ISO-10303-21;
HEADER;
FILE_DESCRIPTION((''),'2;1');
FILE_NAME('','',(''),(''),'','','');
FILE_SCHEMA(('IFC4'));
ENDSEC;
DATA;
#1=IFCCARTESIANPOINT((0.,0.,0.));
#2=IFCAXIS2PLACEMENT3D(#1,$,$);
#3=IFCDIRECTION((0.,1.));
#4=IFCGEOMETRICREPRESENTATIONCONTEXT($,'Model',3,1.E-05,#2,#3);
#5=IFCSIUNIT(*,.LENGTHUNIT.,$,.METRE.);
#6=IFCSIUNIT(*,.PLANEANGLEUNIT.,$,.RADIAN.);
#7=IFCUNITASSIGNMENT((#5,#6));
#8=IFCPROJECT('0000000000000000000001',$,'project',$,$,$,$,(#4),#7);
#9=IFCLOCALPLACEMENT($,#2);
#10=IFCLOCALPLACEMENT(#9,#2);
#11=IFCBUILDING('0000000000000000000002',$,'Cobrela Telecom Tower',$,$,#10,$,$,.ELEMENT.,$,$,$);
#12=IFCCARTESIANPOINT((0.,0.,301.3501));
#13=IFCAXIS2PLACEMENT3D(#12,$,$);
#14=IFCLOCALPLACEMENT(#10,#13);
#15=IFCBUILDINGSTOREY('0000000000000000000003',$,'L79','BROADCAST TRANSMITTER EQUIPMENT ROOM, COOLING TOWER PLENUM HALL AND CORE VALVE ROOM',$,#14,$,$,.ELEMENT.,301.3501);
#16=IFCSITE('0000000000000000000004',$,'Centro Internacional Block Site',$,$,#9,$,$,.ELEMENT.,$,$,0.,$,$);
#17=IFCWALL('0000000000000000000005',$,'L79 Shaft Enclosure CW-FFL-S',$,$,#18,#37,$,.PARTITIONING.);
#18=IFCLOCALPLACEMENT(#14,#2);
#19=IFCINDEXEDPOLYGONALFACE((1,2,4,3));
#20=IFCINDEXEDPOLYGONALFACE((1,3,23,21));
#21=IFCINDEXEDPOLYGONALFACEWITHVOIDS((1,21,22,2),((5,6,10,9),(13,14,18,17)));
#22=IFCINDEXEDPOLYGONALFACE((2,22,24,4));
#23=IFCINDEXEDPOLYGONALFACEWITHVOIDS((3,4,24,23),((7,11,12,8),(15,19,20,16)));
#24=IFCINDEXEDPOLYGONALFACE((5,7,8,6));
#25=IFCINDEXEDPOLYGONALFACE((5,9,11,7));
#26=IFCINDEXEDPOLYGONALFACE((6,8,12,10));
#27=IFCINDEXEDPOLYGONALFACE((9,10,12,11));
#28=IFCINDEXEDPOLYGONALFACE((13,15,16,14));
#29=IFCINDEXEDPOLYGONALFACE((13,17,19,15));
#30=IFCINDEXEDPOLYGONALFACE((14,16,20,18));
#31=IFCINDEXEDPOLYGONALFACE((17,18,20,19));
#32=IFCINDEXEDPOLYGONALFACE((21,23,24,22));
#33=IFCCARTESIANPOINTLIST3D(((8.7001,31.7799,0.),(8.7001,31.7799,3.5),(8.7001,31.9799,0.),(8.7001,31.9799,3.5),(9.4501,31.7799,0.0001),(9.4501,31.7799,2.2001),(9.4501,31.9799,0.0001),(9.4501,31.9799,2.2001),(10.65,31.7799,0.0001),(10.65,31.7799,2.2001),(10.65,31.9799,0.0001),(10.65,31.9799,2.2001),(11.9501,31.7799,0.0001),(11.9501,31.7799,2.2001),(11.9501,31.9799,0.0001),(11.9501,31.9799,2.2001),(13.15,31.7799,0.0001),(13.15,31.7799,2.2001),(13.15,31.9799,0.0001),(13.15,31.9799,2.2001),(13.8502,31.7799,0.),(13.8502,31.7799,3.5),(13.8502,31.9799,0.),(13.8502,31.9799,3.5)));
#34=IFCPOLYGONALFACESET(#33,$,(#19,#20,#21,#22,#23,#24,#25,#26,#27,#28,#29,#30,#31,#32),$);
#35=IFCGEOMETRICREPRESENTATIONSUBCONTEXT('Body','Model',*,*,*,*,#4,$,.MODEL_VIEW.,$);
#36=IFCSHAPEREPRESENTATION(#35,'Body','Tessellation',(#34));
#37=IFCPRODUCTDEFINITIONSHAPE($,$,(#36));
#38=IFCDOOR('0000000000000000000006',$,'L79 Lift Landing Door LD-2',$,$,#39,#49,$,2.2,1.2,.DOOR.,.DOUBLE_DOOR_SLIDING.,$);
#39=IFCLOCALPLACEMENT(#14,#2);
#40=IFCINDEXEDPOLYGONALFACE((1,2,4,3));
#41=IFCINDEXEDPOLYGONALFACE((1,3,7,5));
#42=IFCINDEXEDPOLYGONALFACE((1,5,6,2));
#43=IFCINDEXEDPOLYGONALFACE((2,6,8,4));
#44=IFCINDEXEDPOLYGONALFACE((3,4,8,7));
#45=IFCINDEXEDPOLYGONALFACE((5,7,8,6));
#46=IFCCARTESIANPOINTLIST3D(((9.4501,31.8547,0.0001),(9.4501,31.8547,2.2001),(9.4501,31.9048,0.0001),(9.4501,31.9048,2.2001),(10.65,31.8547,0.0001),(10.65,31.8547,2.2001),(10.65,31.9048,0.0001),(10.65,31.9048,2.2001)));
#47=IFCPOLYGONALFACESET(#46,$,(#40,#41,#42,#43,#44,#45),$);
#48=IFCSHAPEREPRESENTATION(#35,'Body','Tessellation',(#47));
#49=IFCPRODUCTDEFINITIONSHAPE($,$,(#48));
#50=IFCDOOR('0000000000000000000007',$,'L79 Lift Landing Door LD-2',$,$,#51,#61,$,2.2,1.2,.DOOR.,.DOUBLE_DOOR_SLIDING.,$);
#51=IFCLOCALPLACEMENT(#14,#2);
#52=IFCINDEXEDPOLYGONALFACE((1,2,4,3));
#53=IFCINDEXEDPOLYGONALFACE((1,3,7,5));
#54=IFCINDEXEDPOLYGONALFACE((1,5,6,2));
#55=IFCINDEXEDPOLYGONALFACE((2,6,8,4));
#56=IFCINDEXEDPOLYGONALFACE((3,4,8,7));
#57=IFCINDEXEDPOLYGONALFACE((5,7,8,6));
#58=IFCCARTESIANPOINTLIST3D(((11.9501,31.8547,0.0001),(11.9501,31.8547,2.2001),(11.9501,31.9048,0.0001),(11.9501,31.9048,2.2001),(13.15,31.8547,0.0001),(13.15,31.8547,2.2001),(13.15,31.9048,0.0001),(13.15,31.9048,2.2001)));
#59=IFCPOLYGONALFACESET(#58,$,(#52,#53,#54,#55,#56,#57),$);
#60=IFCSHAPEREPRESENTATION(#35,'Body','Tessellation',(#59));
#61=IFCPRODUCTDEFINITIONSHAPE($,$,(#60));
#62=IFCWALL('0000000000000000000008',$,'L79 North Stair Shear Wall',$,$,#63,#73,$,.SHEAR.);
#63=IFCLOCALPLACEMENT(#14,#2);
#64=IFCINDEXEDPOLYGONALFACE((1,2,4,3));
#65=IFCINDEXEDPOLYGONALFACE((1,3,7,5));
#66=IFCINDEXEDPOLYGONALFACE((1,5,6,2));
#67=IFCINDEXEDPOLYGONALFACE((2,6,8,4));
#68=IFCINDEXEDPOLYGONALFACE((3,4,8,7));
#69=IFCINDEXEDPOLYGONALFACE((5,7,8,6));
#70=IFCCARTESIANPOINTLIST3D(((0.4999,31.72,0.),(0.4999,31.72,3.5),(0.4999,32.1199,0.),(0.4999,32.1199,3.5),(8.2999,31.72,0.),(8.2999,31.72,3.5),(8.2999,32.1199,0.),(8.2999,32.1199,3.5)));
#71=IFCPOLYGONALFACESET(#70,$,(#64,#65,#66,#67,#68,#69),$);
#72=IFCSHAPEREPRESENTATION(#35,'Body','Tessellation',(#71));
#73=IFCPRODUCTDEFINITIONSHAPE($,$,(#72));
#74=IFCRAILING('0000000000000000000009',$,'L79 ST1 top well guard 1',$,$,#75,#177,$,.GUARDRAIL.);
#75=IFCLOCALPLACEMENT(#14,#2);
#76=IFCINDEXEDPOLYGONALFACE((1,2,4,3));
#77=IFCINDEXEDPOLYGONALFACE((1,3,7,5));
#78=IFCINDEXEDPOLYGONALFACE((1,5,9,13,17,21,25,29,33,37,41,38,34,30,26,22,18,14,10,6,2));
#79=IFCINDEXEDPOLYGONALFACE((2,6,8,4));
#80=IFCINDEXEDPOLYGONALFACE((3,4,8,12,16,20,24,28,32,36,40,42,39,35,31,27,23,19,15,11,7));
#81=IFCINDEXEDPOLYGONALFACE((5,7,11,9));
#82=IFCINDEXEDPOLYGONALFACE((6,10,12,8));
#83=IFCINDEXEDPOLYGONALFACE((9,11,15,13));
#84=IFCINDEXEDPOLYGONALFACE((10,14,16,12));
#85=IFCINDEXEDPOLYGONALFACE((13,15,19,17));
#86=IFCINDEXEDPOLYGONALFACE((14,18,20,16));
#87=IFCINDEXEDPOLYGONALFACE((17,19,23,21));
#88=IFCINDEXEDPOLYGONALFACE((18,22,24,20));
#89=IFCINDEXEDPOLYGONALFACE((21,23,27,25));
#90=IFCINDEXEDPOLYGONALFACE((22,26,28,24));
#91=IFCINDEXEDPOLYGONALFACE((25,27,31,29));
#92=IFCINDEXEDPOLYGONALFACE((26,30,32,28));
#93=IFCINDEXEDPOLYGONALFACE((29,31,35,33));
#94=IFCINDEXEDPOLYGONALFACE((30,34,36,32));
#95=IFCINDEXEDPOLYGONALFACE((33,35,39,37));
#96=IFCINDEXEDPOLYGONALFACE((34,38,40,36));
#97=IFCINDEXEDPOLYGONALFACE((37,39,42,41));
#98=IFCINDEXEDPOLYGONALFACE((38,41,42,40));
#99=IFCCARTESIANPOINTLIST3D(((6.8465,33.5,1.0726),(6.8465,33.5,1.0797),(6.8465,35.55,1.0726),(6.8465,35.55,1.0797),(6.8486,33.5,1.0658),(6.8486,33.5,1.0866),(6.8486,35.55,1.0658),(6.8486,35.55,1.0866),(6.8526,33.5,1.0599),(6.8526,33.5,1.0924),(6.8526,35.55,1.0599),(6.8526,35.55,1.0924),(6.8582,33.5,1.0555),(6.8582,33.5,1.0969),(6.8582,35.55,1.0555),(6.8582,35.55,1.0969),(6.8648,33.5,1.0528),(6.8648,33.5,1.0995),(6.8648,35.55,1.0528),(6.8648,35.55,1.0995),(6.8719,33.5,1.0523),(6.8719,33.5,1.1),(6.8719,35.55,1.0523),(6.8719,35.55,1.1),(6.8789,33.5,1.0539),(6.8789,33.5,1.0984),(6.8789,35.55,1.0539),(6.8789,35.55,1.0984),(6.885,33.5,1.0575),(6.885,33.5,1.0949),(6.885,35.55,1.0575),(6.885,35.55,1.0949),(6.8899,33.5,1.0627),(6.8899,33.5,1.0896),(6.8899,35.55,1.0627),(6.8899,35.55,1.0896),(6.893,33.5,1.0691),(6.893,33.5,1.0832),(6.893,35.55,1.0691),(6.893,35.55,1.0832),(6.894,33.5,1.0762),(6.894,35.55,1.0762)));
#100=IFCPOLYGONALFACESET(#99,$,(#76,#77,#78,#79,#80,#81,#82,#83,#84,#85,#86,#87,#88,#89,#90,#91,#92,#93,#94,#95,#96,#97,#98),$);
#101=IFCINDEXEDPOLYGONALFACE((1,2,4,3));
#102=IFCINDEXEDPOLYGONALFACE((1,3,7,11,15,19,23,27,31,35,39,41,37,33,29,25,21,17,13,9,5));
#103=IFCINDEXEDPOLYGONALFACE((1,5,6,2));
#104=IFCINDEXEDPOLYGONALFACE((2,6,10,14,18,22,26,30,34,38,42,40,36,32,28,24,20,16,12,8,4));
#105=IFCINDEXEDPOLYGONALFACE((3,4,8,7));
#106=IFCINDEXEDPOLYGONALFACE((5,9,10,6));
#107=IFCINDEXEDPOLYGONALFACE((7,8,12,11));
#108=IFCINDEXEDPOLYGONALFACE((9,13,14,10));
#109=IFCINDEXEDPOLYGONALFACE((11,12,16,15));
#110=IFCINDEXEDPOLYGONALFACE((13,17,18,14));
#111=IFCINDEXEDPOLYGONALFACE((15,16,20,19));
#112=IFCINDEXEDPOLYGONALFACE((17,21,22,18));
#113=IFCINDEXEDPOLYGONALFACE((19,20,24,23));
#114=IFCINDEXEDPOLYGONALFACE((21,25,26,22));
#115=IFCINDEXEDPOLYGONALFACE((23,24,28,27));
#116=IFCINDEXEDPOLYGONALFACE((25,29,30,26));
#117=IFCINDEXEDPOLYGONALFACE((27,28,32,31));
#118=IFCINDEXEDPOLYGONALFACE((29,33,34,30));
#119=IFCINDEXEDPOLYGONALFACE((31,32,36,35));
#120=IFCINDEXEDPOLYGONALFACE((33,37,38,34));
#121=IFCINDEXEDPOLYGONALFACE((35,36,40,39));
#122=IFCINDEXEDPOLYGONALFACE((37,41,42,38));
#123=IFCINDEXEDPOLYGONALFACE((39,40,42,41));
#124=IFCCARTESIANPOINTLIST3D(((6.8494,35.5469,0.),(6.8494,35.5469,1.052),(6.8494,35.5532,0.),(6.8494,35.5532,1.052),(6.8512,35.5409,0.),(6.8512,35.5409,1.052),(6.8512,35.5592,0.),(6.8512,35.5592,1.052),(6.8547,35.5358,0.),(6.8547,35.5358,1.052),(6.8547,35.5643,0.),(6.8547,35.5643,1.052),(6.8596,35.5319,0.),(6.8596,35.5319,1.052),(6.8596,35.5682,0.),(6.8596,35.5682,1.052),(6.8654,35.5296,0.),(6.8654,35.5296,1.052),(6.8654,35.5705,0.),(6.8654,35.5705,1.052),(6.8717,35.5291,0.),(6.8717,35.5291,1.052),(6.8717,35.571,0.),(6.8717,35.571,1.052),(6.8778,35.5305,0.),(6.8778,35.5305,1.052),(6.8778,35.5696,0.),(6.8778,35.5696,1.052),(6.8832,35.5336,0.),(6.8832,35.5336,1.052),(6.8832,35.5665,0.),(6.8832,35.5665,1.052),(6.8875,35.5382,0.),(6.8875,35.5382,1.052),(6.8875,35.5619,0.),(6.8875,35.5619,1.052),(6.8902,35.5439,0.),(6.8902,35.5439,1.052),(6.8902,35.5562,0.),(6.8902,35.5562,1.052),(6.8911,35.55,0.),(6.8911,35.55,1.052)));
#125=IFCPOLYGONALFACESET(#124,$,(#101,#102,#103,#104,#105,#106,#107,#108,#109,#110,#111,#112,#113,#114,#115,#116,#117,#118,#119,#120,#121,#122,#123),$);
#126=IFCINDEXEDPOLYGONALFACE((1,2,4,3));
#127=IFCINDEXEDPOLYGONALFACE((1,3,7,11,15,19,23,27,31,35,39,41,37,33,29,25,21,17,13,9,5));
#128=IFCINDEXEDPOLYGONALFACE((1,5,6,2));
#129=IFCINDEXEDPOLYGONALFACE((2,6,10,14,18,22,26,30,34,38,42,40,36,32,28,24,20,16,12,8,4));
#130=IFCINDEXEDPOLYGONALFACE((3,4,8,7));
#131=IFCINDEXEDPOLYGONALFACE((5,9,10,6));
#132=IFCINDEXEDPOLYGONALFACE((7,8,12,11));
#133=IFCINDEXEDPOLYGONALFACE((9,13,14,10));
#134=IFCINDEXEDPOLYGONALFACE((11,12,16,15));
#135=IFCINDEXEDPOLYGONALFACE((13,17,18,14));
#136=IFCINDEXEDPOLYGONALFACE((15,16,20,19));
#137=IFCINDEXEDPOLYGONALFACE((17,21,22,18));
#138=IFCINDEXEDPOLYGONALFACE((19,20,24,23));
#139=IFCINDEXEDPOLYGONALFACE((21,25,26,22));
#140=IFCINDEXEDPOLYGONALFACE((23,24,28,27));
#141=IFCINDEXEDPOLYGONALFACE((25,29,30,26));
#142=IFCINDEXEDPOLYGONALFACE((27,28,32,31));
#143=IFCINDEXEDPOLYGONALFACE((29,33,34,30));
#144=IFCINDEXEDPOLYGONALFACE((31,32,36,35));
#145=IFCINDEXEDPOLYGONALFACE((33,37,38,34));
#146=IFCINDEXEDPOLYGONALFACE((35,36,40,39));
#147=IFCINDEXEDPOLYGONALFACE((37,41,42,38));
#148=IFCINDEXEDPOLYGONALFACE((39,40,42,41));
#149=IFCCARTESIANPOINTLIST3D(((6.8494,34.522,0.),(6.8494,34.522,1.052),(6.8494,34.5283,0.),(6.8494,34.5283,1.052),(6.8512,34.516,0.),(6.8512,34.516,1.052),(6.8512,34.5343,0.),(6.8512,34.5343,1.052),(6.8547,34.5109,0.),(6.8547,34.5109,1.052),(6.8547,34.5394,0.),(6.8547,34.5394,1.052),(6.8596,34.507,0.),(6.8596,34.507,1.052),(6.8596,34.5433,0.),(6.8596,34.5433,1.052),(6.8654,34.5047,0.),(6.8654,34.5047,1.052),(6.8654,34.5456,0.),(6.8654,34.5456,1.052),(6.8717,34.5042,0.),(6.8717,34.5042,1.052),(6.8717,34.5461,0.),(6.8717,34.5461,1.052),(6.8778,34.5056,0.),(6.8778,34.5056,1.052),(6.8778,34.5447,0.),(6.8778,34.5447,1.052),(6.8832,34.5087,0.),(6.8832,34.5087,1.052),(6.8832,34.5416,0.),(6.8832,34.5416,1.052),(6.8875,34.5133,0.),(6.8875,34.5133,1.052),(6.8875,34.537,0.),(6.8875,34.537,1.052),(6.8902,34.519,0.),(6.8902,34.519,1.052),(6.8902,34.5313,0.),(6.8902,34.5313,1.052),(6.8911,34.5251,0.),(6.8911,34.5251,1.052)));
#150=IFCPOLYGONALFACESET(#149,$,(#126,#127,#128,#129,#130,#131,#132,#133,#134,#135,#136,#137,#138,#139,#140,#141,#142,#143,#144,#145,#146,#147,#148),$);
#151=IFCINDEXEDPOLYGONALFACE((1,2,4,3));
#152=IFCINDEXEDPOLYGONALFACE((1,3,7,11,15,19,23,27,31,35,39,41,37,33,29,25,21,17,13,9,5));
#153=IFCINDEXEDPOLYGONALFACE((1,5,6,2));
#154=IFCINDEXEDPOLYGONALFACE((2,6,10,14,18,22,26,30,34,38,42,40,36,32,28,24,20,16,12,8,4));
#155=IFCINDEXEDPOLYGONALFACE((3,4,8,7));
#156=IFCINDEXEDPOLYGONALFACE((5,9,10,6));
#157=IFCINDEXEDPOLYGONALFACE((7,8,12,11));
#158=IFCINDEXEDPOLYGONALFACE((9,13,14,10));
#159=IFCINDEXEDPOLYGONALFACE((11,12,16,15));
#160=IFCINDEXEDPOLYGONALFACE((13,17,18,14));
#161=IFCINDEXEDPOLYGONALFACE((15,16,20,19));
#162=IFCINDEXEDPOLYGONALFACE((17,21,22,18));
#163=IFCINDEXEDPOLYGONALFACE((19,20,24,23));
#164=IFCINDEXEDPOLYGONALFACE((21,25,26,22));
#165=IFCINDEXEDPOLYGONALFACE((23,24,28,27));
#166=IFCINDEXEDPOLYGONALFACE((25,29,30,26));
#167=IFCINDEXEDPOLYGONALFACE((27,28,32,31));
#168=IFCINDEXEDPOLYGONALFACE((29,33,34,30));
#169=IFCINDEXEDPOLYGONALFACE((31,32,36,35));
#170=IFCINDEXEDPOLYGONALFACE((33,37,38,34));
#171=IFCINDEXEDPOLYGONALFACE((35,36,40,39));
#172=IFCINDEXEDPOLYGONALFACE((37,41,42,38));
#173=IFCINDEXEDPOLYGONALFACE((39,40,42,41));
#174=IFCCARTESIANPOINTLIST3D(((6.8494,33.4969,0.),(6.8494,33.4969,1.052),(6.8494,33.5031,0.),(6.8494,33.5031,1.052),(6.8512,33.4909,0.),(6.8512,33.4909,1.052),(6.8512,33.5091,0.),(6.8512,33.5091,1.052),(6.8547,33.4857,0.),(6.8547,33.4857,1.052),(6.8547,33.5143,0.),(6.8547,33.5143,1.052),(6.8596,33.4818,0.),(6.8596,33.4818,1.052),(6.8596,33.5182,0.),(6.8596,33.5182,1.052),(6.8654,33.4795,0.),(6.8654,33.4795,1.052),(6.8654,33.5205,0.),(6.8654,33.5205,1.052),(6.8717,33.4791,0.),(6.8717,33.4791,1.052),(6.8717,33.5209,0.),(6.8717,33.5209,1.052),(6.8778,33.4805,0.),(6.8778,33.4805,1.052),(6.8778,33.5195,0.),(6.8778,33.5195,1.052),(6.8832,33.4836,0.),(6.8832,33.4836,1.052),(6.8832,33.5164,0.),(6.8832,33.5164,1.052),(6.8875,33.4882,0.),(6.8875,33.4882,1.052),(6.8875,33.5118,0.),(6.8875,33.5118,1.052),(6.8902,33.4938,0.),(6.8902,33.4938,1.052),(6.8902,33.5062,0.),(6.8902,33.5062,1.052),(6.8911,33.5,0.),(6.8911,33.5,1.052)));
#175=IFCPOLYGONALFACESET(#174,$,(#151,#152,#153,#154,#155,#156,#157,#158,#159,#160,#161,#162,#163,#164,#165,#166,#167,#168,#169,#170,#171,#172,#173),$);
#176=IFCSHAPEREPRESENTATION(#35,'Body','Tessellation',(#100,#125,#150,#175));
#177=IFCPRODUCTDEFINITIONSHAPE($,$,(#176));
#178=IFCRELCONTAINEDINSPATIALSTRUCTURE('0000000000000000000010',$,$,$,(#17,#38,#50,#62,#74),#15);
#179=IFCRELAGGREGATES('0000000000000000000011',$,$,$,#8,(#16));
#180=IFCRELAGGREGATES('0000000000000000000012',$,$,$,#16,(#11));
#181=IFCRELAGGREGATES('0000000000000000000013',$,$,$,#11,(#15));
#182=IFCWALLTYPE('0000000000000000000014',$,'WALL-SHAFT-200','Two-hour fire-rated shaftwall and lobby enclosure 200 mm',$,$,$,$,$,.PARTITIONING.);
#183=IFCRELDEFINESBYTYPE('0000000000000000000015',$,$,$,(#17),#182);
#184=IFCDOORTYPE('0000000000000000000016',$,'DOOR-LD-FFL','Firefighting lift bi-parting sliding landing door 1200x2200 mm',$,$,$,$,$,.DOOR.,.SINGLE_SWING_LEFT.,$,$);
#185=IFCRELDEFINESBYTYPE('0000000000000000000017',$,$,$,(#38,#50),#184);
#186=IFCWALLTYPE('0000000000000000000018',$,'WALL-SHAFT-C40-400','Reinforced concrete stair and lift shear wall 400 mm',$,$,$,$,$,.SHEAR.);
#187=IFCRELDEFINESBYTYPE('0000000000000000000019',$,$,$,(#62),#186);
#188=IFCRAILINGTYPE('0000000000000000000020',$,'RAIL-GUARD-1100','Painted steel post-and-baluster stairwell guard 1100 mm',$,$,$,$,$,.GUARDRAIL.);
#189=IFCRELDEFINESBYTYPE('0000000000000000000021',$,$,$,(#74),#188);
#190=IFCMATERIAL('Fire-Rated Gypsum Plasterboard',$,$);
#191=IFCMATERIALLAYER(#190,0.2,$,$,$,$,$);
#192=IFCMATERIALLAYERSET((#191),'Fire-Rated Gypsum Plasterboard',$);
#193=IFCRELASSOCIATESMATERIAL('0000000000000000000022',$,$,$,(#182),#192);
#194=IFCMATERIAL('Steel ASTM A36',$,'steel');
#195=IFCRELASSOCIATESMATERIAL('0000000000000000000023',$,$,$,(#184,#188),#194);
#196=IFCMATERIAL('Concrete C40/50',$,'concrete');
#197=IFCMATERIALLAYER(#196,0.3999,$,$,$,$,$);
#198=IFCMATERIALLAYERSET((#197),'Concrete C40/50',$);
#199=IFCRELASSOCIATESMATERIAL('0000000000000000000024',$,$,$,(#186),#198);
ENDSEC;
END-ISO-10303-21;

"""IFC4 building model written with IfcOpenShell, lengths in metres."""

from ifc_helpers import new_model, si_unit, direction, frame, frame_2d, origin, origin_2d, place, context, subcontext, project, spatial, rectangle, circle, extrude, material, layer, layer_set, type_object, element, fill, save


model = new_model("IFC4")

# Units and contexts
model_context = context("Model", 3, precision=1e-05, world=origin(), true_north=direction((0.0, 1.0)))
body_context = subcontext(model_context, "Body", "Model", "MODEL_VIEW")
ifc_project = project(units=[si_unit("LENGTHUNIT", "METRE"), si_unit("PLANEANGLEUNIT", "RADIAN")], contexts=[model_context])

# Site, building, storey
site_placement = place(None, origin())
site = spatial("IfcSite", under=ifc_project, at=site_placement, Name="Centro Internacional Block Site", CompositionType="ELEMENT", RefElevation=0.0)
building_placement = place(site_placement, origin())
building = spatial("IfcBuilding", under=site, at=building_placement, Name="Cobrela Telecom Tower", CompositionType="ELEMENT")
storey_placement = place(building_placement, frame((0.0, 0.0, 301.3501)))
storey = spatial("IfcBuildingStorey", under=building, at=storey_placement, Name="L79", Description="BROADCAST TRANSMITTER EQUIPMENT ROOM, COOLING TOWER PLENUM HALL AND CORE VALVE ROOM", CompositionType="ELEMENT", Elevation=301.3501)

# Shared definitions
ifc_material_1 = material(Name="Concrete C40/50", Category="concrete")

# Wall, openings, doors
ifc_material_2 = material(Name="Steel ASTM A36", Category="steel")
ifc_material_3 = material(Name="Fire-Rated Gypsum Plasterboard")
ifc_layer_1 = layer(ifc_material_3, 0.2)
ifc_layer_set_1 = layer_set([ifc_layer_1], Name="Fire-Rated Gypsum Plasterboard")
wall_type_1 = type_object("IfcWallType", Name="WALL-SHAFT-200", Description="Two-hour fire-rated shaftwall and lobby enclosure 200 mm", PredefinedType="PARTITIONING", material=ifc_layer_set_1)
wall_1_placement = place(storey_placement, frame((8.7, 31.8799, 0.0), z_axis=(0.0, 0.0, 1.0), x_axis=(1.0, 0.0, 0.0)))
wall_1 = element("IfcWall", 1, at=wall_1_placement, inside=storey, type_object=wall_type_1, Name="L79 Shaft Enclosure CW-FFL-S", PredefinedType="PARTITIONING", context=body_context, shape_type="SweptSolid", body=[
    extrude(rectangle(XDim=5.1501, YDim=0.2, at=frame_2d((2.5752, 0.0))), origin(), (0.0, 0.0, 1.0), 3.5),
])
opening_1_placement = place(wall_1_placement, frame((0.75, 0.0, 0.0)))
opening_1 = element("IfcOpeningElement", 2, at=opening_1_placement, cuts=wall_1, PredefinedType="OPENING", context=body_context, shape_type="SweptSolid", body=[
    extrude(rectangle(XDim=1.2, YDim=2.2, at=frame_2d((0.6001, 1.1001))), frame((0.0, 0.1118, 0.0), z_axis=(0.0, -1.0, 0.0), x_axis=(1.0, 0.0, 0.0)), (0.0, 0.0, 1.0), 0.2239),
])
opening_2_placement = place(wall_1_placement, frame((3.25, 0.0, 0.0)))
opening_2 = element("IfcOpeningElement", 3, at=opening_2_placement, cuts=wall_1, PredefinedType="OPENING", context=body_context, shape_type="SweptSolid", body=[
    extrude(rectangle(XDim=1.2, YDim=2.2, at=frame_2d((0.6001, 1.1001))), frame((0.0, 0.1118, 0.0), z_axis=(0.0, -1.0, 0.0), x_axis=(1.0, 0.0, 0.0)), (0.0, 0.0, 1.0), 0.2239),
])
door_type_1 = type_object("IfcDoorType", Name="DOOR-LD-FFL", Description="Firefighting lift bi-parting sliding landing door 1200x2200 mm", OperationType="SINGLE_SWING_LEFT", PredefinedType="DOOR", material=ifc_material_2)
door_1_placement = place(opening_1_placement, origin())
door_1 = element("IfcDoor", 4, at=door_1_placement, inside=storey, type_object=door_type_1, Name="L79 Lift Landing Door LD-2", OperationType="DOUBLE_DOOR_SLIDING", OverallHeight=2.2, OverallWidth=1.2, PredefinedType="DOOR", context=body_context, shape_type="SweptSolid", body=[
    extrude(rectangle(XDim=1.2, YDim=2.2, at=frame_2d((0.6001, 1.1001))), frame((0.0, 0.0249, 0.0), z_axis=(0.0, -1.0, 0.0), x_axis=(1.0, 0.0, 0.0)), (0.0, 0.0, 1.0), 0.05),
])
fill(opening_1, door_1)
door_2_placement = place(opening_2_placement, origin())
door_2 = element("IfcDoor", 5, at=door_2_placement, inside=storey, type_object=door_type_1, Name="L79 Lift Landing Door LD-2", OperationType="DOUBLE_DOOR_SLIDING", OverallHeight=2.2, OverallWidth=1.2, PredefinedType="DOOR", context=body_context, shape_type="SweptSolid", body=[
    extrude(rectangle(XDim=1.2, YDim=2.2, at=frame_2d((0.6001, 1.1001))), frame((0.0, 0.0249, 0.0), z_axis=(0.0, -1.0, 0.0), x_axis=(1.0, 0.0, 0.0)), (0.0, 0.0, 1.0), 0.05),
])
fill(opening_2, door_2)

# Wall
ifc_layer_2 = layer(ifc_material_1, 0.3999)
ifc_layer_set_2 = layer_set([ifc_layer_2], Name="Concrete C40/50")
wall_type_2 = type_object("IfcWallType", Name="WALL-SHAFT-C40-400", Description="Reinforced concrete stair and lift shear wall 400 mm", PredefinedType="SHEAR", material=ifc_layer_set_2)
wall_2_placement = place(storey_placement, frame((0.5, 31.9199, 0.0), z_axis=(0.0, 0.0, 1.0), x_axis=(1.0, 0.0, 0.0)))
element("IfcWall", 6, at=wall_2_placement, inside=storey, type_object=wall_type_2, Name="L79 North Stair Shear Wall", PredefinedType="SHEAR", context=body_context, shape_type="SweptSolid", body=[
    extrude(rectangle(XDim=7.8, YDim=0.3999, at=frame_2d((3.8999, 0.0))), origin(), (0.0, 0.0, 1.0), 3.5),
])

# Railing
railing_type = type_object("IfcRailingType", Name="RAIL-GUARD-1100", Description="Painted steel post-and-baluster stairwell guard 1100 mm", PredefinedType="GUARDRAIL", material=ifc_material_2)
railing_1_placement = place(storey_placement, frame((6.8701, 35.55, 0.0)))
element("IfcRailing", 7, at=railing_1_placement, inside=storey, type_object=railing_type, Name="L79 ST1 top well guard 1", PredefinedType="GUARDRAIL", context=body_context, shape_type="SweptSolid", body=[
    extrude(circle(Radius=0.0239, at=origin_2d()), frame((0.0, 0.0, 1.0762), z_axis=(0.0, -1.0, 0.0), x_axis=(1.0, 0.0, 0.0)), (0.0, 0.0, 1.0), 2.05),
    extrude(circle(Radius=0.021, at=origin_2d()), origin(), (0.0, 0.0, 1.0), 1.052),
    extrude(circle(Radius=0.021, at=origin_2d()), frame((0.0, -1.0249, 0.0)), (0.0, 0.0, 1.0), 1.052),
    extrude(circle(Radius=0.021, at=origin_2d()), frame((0.0, -2.05, 0.0)), (0.0, 0.0, 1.0), 1.052),
])

save(model, "model.ifc")
